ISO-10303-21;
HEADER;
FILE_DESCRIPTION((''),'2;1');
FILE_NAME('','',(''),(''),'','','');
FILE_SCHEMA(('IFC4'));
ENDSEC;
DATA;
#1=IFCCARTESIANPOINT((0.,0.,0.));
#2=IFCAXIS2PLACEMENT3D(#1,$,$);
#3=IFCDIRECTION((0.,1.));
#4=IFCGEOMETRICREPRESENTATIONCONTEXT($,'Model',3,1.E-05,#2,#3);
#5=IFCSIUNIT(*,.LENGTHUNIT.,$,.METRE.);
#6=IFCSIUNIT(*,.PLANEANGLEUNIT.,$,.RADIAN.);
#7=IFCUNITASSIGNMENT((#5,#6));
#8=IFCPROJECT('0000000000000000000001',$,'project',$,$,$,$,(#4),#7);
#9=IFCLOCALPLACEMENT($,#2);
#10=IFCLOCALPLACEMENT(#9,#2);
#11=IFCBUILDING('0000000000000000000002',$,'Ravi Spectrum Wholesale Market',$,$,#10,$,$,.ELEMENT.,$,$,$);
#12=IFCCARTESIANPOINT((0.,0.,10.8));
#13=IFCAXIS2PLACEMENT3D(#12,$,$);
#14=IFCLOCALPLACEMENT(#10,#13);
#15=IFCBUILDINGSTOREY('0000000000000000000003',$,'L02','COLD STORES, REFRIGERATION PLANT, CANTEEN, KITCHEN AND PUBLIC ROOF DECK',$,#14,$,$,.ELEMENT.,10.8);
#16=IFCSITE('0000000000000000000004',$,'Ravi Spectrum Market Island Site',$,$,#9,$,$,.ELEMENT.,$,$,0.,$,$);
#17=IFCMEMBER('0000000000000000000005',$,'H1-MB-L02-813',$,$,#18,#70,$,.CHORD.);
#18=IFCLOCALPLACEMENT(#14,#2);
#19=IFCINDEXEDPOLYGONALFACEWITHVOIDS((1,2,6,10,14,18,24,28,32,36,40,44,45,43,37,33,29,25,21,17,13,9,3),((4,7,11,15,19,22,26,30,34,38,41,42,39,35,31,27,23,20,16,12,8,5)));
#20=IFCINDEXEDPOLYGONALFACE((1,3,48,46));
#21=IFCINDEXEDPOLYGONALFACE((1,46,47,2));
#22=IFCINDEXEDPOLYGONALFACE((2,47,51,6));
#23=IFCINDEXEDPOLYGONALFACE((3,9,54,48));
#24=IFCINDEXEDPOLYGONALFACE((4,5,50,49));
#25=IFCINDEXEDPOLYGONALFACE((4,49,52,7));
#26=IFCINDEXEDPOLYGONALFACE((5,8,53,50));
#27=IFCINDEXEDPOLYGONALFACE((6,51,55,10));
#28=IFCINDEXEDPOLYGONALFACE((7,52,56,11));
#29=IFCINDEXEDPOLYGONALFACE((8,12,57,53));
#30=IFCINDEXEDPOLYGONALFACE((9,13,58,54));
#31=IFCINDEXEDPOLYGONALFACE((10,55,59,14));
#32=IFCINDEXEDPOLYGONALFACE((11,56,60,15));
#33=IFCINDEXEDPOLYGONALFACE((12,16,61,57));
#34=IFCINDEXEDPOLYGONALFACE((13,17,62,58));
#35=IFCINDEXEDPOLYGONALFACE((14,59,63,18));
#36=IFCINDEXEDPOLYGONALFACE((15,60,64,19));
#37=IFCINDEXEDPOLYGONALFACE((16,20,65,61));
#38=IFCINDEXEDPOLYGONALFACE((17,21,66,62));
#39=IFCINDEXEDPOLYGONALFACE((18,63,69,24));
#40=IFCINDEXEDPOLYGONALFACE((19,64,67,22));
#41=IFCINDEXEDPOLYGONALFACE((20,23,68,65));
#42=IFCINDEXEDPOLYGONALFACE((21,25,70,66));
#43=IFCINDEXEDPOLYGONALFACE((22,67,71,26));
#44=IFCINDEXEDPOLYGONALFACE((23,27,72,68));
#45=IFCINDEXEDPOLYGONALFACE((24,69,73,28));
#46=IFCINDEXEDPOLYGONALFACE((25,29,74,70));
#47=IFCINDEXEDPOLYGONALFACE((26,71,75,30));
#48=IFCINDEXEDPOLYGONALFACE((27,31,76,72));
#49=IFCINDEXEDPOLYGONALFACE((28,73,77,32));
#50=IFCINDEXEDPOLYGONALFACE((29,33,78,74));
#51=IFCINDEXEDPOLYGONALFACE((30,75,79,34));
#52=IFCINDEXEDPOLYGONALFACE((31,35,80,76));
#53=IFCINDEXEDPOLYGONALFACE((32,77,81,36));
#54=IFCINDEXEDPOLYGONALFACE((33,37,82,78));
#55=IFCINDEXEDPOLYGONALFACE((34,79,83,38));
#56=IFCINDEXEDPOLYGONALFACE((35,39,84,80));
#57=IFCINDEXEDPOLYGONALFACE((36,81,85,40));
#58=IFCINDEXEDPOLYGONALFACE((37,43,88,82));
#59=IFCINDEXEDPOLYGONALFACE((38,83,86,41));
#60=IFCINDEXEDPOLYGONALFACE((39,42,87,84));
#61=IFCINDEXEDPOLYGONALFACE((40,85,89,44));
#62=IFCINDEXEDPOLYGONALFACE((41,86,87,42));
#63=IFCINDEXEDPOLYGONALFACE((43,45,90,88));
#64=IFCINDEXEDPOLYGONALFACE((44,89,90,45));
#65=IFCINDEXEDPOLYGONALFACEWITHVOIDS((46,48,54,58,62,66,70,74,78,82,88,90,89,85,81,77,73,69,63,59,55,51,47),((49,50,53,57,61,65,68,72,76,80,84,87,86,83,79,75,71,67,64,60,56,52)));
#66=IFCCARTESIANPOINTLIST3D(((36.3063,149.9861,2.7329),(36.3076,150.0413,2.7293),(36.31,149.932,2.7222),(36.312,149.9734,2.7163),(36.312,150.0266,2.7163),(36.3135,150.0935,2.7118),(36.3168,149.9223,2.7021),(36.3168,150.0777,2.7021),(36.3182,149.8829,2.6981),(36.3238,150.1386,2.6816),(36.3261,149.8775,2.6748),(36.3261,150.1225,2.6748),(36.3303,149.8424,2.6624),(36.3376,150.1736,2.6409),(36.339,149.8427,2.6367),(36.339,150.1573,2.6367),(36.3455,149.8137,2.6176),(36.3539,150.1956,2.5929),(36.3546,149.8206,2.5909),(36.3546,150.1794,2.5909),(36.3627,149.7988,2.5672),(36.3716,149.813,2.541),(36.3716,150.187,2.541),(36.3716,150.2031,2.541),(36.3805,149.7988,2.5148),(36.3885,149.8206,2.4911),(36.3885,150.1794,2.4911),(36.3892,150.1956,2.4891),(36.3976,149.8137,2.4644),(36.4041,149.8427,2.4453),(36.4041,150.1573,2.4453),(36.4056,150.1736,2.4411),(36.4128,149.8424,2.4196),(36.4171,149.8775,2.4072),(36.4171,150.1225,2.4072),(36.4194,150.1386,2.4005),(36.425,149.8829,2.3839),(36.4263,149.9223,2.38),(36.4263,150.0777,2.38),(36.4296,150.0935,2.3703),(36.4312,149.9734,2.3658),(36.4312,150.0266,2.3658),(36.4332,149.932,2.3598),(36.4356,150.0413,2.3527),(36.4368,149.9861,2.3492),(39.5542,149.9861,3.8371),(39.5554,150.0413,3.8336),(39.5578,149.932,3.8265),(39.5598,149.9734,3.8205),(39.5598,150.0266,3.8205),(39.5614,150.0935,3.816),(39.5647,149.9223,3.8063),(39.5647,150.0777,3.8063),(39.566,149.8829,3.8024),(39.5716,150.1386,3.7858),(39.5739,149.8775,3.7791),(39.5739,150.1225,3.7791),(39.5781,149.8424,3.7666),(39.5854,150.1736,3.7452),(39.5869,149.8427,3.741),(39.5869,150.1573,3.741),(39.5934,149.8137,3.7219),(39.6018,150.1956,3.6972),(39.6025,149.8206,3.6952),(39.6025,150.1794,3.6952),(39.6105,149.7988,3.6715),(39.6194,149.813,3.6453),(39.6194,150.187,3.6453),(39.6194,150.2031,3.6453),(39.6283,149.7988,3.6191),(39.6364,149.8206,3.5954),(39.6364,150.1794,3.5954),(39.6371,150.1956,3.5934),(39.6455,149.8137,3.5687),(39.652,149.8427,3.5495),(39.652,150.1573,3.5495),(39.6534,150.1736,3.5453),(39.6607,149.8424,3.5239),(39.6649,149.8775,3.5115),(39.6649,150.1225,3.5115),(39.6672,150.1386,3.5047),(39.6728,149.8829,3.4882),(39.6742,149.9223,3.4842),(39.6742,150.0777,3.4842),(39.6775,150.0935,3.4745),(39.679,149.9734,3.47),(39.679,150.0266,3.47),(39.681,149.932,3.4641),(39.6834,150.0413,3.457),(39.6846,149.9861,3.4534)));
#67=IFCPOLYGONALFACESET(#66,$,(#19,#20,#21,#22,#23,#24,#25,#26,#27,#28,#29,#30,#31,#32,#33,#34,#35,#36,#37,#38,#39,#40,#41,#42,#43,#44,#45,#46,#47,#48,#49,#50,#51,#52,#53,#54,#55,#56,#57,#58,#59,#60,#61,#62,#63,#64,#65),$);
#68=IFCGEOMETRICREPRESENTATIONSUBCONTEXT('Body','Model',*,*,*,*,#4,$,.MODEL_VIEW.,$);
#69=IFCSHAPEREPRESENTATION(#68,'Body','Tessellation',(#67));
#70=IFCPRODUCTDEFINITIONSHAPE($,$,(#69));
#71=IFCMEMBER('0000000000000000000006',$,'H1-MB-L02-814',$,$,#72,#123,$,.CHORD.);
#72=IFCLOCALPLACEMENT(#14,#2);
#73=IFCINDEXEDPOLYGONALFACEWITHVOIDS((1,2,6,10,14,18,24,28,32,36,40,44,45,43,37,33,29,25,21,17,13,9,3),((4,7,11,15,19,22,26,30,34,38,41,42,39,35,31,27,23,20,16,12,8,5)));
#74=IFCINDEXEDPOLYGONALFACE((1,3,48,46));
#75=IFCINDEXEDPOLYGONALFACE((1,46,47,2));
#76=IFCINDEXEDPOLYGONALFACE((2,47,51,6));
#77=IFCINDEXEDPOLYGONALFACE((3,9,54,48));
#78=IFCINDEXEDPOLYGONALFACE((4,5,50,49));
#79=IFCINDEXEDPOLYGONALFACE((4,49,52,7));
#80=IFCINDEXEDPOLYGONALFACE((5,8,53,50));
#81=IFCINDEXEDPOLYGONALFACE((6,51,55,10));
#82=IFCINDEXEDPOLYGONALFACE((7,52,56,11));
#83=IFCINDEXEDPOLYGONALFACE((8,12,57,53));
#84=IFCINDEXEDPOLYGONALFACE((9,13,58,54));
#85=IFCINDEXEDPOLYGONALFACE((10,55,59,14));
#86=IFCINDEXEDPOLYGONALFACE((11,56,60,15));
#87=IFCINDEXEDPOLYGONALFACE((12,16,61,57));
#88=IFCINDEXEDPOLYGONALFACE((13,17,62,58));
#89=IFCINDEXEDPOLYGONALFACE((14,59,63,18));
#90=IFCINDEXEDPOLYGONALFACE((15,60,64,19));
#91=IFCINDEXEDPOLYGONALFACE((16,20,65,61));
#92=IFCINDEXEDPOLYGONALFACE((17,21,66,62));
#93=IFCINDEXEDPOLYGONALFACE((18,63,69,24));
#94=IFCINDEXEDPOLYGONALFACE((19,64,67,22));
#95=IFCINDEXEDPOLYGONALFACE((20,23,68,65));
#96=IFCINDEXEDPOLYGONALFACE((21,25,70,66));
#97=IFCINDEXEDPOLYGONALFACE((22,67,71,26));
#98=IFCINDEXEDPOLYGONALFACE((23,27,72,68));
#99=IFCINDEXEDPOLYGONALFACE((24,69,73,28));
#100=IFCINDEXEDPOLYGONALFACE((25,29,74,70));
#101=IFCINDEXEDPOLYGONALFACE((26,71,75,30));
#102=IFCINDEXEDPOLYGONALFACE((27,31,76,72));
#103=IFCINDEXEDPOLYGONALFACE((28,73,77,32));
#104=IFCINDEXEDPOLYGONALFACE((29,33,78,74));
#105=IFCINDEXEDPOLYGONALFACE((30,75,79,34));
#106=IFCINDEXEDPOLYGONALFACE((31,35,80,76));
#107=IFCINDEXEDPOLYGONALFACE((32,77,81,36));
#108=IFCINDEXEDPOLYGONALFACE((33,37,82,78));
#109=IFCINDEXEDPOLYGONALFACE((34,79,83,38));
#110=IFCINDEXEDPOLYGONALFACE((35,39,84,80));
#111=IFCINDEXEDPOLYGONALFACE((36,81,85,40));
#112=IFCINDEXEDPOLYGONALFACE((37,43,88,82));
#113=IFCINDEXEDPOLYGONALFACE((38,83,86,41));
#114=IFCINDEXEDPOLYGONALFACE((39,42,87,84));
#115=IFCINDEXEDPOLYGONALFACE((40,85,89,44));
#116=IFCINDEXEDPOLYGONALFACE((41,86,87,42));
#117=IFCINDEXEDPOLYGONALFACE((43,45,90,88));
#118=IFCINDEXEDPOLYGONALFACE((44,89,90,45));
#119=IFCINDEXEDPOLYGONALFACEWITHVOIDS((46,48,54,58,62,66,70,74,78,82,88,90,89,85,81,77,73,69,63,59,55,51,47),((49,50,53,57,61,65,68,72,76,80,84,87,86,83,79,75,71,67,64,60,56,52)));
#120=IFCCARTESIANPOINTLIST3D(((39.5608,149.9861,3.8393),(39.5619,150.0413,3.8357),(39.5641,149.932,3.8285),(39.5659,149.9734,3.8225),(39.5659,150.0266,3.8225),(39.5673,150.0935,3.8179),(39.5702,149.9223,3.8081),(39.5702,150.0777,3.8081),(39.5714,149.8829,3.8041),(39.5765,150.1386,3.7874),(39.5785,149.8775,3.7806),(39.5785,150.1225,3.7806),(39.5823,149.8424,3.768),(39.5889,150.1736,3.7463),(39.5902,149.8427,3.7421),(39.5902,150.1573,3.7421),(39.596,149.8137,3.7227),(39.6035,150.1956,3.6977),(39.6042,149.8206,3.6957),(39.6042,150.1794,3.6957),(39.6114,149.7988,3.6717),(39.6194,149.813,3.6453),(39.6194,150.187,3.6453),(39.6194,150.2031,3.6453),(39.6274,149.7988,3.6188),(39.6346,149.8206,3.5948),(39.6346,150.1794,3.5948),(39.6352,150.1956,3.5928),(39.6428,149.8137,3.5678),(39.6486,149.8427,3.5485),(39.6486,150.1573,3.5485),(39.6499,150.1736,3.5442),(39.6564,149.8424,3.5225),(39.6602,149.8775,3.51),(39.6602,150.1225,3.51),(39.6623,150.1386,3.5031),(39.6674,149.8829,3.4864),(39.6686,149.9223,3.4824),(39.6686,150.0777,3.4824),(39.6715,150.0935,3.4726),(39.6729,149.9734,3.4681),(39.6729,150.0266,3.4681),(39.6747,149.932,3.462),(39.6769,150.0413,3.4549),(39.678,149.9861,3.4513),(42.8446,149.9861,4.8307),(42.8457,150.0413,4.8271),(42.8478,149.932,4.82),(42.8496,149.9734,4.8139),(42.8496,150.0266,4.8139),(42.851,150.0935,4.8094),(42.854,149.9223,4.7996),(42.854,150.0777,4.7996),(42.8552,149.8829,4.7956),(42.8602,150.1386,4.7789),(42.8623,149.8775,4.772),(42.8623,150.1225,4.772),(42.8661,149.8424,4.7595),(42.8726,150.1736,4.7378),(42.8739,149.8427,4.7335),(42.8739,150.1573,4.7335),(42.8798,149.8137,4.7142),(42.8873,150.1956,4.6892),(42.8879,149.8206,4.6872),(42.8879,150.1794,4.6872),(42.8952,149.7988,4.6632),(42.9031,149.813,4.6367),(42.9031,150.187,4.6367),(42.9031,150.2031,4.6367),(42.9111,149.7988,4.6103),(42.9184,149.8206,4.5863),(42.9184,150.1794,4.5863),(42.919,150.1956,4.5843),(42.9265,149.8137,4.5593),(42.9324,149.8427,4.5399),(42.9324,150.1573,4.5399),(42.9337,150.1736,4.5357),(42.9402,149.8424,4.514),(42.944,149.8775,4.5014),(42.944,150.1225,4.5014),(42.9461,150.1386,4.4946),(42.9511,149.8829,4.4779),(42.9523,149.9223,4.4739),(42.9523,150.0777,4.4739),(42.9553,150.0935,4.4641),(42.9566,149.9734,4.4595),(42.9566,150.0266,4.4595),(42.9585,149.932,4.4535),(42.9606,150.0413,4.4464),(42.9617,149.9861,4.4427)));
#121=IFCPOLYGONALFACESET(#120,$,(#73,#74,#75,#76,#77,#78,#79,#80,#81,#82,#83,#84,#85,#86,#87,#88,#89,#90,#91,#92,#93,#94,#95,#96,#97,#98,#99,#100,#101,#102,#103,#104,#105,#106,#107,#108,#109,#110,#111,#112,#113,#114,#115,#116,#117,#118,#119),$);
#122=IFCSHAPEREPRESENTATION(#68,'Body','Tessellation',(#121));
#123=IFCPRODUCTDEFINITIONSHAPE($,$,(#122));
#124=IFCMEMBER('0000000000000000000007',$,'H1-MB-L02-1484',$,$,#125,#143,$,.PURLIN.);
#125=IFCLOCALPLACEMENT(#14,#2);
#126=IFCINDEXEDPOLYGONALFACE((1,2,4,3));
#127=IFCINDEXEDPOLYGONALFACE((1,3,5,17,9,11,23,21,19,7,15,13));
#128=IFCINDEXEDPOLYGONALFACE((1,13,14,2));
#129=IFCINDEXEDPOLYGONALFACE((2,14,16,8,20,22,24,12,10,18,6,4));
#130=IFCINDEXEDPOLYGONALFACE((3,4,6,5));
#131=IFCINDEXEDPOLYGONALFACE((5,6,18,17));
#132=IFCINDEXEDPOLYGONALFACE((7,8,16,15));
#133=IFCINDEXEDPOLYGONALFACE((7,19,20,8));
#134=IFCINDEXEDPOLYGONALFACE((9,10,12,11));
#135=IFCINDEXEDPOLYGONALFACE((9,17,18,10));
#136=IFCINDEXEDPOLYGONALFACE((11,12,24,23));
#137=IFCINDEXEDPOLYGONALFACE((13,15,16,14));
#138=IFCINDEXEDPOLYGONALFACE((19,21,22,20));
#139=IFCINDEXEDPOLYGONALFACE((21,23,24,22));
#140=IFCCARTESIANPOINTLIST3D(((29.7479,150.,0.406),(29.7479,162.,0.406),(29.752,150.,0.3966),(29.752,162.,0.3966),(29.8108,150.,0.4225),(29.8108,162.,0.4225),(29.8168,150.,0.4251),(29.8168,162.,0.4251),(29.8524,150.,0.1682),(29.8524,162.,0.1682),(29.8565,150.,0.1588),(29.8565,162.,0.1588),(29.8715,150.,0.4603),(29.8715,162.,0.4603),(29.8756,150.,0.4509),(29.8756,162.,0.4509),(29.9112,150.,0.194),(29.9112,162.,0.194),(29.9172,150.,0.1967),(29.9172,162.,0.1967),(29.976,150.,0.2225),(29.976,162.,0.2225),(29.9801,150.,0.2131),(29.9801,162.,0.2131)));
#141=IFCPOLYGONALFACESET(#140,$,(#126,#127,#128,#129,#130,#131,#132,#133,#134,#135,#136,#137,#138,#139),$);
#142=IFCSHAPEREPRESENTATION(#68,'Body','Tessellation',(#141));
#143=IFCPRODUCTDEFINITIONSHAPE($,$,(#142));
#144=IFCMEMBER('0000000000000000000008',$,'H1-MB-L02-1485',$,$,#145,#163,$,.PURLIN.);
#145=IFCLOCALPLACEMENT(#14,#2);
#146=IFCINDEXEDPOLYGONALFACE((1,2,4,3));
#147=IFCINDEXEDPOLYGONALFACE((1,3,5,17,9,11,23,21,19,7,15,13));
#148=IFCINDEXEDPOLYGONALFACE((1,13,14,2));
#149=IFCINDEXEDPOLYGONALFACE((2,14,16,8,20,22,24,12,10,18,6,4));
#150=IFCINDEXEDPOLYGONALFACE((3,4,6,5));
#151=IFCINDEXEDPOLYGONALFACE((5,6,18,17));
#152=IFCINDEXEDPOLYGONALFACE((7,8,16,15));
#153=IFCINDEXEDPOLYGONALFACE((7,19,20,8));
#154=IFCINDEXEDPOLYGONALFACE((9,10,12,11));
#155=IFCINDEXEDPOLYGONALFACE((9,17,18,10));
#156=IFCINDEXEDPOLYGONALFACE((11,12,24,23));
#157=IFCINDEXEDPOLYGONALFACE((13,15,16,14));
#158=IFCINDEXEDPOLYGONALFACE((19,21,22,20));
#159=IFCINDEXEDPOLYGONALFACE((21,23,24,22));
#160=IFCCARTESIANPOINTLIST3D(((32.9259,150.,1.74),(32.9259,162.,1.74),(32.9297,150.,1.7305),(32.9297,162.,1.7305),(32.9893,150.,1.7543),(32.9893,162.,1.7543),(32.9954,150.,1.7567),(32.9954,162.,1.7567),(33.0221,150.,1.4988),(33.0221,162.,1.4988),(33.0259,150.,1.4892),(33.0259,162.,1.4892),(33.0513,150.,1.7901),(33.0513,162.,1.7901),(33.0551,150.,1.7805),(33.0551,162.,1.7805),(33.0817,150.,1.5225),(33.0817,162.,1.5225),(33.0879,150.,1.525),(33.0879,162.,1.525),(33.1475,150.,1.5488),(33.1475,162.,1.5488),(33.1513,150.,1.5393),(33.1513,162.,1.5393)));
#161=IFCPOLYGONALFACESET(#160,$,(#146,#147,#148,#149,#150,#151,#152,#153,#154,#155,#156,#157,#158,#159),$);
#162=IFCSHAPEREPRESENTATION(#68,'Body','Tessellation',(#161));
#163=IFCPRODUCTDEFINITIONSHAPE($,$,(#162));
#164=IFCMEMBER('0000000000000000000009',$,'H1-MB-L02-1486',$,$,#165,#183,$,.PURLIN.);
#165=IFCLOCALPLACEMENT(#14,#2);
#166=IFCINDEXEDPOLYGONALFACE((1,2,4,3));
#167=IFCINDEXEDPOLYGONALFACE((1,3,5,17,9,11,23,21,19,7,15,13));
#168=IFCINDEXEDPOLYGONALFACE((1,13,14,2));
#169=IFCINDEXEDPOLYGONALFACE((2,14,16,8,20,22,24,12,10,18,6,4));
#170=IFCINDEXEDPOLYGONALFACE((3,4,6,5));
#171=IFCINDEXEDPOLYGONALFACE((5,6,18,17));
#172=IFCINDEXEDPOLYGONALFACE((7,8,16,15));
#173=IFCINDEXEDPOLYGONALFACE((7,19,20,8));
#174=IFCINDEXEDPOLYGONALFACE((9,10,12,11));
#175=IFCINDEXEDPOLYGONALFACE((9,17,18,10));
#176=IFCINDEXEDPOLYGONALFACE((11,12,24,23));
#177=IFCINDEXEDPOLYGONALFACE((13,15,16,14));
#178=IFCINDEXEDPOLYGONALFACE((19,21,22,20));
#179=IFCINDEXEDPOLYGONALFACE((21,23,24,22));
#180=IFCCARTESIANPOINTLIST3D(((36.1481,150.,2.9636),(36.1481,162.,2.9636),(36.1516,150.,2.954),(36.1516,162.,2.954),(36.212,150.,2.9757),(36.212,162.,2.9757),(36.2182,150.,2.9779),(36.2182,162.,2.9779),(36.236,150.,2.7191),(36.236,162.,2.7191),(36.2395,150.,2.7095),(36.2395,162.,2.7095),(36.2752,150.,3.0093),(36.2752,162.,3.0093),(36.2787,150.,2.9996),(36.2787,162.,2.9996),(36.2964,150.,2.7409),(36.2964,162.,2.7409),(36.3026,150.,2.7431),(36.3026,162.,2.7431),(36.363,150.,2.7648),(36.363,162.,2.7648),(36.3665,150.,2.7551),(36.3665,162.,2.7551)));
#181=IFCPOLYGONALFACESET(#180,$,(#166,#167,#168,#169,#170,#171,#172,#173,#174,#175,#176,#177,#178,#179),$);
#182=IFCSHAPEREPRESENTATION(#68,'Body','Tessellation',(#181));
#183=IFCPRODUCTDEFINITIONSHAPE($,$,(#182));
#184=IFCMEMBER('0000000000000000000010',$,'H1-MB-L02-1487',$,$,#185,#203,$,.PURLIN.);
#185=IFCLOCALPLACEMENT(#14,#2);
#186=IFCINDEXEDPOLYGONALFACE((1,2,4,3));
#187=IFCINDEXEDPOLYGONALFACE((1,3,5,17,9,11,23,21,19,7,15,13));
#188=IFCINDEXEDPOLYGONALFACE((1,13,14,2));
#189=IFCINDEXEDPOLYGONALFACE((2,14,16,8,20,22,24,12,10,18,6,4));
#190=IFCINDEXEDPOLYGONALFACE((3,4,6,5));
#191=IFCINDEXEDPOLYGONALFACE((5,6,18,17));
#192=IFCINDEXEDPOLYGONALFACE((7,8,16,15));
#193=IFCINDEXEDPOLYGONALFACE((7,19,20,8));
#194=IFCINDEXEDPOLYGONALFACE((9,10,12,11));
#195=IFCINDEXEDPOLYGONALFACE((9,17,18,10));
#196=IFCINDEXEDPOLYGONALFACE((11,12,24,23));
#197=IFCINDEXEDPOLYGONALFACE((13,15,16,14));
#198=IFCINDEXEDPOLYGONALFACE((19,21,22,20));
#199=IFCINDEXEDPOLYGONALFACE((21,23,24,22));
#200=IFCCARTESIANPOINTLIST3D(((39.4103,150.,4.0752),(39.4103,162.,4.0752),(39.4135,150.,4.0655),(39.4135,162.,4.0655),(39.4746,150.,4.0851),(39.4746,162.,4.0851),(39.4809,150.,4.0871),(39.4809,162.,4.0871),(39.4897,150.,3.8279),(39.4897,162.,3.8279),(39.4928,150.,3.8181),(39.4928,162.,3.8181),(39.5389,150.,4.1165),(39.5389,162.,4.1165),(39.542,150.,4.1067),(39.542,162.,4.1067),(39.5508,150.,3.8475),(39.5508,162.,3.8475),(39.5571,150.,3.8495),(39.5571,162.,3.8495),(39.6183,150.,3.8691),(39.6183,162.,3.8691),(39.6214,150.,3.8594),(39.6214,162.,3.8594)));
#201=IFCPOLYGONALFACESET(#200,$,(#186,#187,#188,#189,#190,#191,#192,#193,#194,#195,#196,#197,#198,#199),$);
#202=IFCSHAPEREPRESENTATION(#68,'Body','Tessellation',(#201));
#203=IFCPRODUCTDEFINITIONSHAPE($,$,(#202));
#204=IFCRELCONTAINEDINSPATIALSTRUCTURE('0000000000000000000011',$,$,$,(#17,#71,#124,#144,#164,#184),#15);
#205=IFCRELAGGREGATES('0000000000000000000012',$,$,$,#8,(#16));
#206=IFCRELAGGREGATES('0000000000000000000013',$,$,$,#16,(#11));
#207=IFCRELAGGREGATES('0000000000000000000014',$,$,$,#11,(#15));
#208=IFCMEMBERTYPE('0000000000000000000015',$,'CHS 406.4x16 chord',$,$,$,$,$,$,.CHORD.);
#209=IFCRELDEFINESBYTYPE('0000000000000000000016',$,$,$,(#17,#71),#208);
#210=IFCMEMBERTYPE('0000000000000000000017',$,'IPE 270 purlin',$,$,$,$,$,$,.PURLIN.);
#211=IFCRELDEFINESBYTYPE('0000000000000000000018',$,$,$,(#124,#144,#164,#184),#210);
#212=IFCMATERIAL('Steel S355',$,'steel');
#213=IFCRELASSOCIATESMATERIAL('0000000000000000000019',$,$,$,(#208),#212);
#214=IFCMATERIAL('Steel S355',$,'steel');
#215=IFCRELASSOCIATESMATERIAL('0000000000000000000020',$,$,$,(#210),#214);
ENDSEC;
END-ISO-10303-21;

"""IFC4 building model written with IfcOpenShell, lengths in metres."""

from ifc_helpers import new_model, si_unit, direction, frame, origin, origin_2d, place, context, subcontext, project, spatial, hollow_circle, i_section, extrude, material, material_profile, profile_set, type_object, element, save


model = new_model("IFC4")

# Units and contexts
model_context = context("Model", 3, precision=1e-05, world=origin(), true_north=direction((0.0, 1.0)))
body_context = subcontext(model_context, "Body", "Model", "MODEL_VIEW")
ifc_project = project(units=[si_unit("LENGTHUNIT", "METRE"), si_unit("PLANEANGLEUNIT", "RADIAN")], contexts=[model_context])

# Site, building, storey
site_placement = place(None, origin())
site = spatial("IfcSite", under=ifc_project, at=site_placement, Name="Ravi Spectrum Market Island Site", CompositionType="ELEMENT", RefElevation=0.0)
building_placement = place(site_placement, origin())
building = spatial("IfcBuilding", under=site, at=building_placement, Name="Ravi Spectrum Wholesale Market", CompositionType="ELEMENT")
storey_placement = place(building_placement, frame((0.0, 0.0, 10.8)))
storey = spatial("IfcBuildingStorey", under=building, at=storey_placement, Name="L02", Description="COLD STORES, REFRIGERATION PLANT, CANTEEN, KITCHEN AND PUBLIC ROOF DECK", CompositionType="ELEMENT", Elevation=10.8)

# Members
ifc_material_1 = material(Name="Steel S355", Category="steel")
ifc_material_profile_1 = material_profile(ifc_material_1, hollow_circle(Radius=0.2031, WallThickness=0.0161, at=origin_2d()))
ifc_profile_set_1 = profile_set([ifc_material_profile_1], Name="Steel S355")
member_type_1 = type_object("IfcMemberType", Name="CHS 406.4x16 chord", PredefinedType="CHORD", material=ifc_profile_set_1)
for number, where, z_axis, x_axis, name in (
    (1, (36.3716, 150.0, 2.541), (0.946773, 0.0, 0.321901), (0.0, 1.0, 0.0), "H1-MB-L02-813"),
):
    element("IfcMember", number, at=place(storey_placement, frame(where, z_axis=z_axis, x_axis=x_axis)), inside=storey, type_object=member_type_1, Name=name, PredefinedType="CHORD", context=body_context, shape_type="SweptSolid", body=[
        extrude(hollow_circle(Radius=0.2031, WallThickness=0.0161, at=origin_2d()), origin(), (0.0, 0.0, 1.0), 3.4304),
    ])
member_1_placement = place(storey_placement, frame((39.6194, 150.0, 3.6453), z_axis=(0.957315, 0.0, 0.289045), x_axis=(0.0, 1.0, 0.0)))
element("IfcMember", 2, at=member_1_placement, inside=storey, type_object=member_type_1, Name="H1-MB-L02-814", PredefinedType="CHORD", context=body_context, shape_type="SweptSolid", body=[
    extrude(hollow_circle(Radius=0.2031, WallThickness=0.0161, at=origin_2d()), origin(), (0.0, 0.0, 1.0), 3.4302),
])
ifc_material_2 = material(Name="Steel S355", Category="steel")
ifc_material_profile_2 = material_profile(ifc_material_2, i_section(OverallWidth=0.135, OverallDepth=0.27, WebThickness=0.0066, FlangeThickness=0.0103, at=origin_2d()))
ifc_profile_set_2 = profile_set([ifc_material_profile_2], Name="Steel S355")
member_type_2 = type_object("IfcMemberType", Name="IPE 270 purlin", PredefinedType="PURLIN", material=ifc_profile_set_2)
for number, where, z_axis, x_axis, name in (
    (3, (29.864, 150.0, 0.3096), (0.0, 1.0, 0.0), (-0.915525, 0.0, -0.40226), "H1-MB-L02-1484"),
    (4, (33.0386, 150.0, 1.6396), (0.0, 1.0, 0.0), (-0.928855, 0.0, -0.370443), "H1-MB-L02-1485"),
    (5, (36.2573, 150.0, 2.8594), (0.0, 1.0, 0.0), (-0.94108, 0.0, -0.338184), "H1-MB-L02-1486"),
    (6, (39.5159, 150.0, 3.9673), (0.0, 1.0, 0.0), (-0.952184, 0.0, -0.305524), "H1-MB-L02-1487"),
):
    element("IfcMember", number, at=place(storey_placement, frame(where, z_axis=z_axis, x_axis=x_axis)), inside=storey, type_object=member_type_2, Name=name, PredefinedType="PURLIN", context=body_context, shape_type="SweptSolid", body=[
        extrude(i_section(OverallWidth=0.135, OverallDepth=0.27, WebThickness=0.0066, FlangeThickness=0.0103, at=origin_2d()), origin(), (0.0, 0.0, 1.0), 12.0),
    ])

save(model, "model.ifc")
